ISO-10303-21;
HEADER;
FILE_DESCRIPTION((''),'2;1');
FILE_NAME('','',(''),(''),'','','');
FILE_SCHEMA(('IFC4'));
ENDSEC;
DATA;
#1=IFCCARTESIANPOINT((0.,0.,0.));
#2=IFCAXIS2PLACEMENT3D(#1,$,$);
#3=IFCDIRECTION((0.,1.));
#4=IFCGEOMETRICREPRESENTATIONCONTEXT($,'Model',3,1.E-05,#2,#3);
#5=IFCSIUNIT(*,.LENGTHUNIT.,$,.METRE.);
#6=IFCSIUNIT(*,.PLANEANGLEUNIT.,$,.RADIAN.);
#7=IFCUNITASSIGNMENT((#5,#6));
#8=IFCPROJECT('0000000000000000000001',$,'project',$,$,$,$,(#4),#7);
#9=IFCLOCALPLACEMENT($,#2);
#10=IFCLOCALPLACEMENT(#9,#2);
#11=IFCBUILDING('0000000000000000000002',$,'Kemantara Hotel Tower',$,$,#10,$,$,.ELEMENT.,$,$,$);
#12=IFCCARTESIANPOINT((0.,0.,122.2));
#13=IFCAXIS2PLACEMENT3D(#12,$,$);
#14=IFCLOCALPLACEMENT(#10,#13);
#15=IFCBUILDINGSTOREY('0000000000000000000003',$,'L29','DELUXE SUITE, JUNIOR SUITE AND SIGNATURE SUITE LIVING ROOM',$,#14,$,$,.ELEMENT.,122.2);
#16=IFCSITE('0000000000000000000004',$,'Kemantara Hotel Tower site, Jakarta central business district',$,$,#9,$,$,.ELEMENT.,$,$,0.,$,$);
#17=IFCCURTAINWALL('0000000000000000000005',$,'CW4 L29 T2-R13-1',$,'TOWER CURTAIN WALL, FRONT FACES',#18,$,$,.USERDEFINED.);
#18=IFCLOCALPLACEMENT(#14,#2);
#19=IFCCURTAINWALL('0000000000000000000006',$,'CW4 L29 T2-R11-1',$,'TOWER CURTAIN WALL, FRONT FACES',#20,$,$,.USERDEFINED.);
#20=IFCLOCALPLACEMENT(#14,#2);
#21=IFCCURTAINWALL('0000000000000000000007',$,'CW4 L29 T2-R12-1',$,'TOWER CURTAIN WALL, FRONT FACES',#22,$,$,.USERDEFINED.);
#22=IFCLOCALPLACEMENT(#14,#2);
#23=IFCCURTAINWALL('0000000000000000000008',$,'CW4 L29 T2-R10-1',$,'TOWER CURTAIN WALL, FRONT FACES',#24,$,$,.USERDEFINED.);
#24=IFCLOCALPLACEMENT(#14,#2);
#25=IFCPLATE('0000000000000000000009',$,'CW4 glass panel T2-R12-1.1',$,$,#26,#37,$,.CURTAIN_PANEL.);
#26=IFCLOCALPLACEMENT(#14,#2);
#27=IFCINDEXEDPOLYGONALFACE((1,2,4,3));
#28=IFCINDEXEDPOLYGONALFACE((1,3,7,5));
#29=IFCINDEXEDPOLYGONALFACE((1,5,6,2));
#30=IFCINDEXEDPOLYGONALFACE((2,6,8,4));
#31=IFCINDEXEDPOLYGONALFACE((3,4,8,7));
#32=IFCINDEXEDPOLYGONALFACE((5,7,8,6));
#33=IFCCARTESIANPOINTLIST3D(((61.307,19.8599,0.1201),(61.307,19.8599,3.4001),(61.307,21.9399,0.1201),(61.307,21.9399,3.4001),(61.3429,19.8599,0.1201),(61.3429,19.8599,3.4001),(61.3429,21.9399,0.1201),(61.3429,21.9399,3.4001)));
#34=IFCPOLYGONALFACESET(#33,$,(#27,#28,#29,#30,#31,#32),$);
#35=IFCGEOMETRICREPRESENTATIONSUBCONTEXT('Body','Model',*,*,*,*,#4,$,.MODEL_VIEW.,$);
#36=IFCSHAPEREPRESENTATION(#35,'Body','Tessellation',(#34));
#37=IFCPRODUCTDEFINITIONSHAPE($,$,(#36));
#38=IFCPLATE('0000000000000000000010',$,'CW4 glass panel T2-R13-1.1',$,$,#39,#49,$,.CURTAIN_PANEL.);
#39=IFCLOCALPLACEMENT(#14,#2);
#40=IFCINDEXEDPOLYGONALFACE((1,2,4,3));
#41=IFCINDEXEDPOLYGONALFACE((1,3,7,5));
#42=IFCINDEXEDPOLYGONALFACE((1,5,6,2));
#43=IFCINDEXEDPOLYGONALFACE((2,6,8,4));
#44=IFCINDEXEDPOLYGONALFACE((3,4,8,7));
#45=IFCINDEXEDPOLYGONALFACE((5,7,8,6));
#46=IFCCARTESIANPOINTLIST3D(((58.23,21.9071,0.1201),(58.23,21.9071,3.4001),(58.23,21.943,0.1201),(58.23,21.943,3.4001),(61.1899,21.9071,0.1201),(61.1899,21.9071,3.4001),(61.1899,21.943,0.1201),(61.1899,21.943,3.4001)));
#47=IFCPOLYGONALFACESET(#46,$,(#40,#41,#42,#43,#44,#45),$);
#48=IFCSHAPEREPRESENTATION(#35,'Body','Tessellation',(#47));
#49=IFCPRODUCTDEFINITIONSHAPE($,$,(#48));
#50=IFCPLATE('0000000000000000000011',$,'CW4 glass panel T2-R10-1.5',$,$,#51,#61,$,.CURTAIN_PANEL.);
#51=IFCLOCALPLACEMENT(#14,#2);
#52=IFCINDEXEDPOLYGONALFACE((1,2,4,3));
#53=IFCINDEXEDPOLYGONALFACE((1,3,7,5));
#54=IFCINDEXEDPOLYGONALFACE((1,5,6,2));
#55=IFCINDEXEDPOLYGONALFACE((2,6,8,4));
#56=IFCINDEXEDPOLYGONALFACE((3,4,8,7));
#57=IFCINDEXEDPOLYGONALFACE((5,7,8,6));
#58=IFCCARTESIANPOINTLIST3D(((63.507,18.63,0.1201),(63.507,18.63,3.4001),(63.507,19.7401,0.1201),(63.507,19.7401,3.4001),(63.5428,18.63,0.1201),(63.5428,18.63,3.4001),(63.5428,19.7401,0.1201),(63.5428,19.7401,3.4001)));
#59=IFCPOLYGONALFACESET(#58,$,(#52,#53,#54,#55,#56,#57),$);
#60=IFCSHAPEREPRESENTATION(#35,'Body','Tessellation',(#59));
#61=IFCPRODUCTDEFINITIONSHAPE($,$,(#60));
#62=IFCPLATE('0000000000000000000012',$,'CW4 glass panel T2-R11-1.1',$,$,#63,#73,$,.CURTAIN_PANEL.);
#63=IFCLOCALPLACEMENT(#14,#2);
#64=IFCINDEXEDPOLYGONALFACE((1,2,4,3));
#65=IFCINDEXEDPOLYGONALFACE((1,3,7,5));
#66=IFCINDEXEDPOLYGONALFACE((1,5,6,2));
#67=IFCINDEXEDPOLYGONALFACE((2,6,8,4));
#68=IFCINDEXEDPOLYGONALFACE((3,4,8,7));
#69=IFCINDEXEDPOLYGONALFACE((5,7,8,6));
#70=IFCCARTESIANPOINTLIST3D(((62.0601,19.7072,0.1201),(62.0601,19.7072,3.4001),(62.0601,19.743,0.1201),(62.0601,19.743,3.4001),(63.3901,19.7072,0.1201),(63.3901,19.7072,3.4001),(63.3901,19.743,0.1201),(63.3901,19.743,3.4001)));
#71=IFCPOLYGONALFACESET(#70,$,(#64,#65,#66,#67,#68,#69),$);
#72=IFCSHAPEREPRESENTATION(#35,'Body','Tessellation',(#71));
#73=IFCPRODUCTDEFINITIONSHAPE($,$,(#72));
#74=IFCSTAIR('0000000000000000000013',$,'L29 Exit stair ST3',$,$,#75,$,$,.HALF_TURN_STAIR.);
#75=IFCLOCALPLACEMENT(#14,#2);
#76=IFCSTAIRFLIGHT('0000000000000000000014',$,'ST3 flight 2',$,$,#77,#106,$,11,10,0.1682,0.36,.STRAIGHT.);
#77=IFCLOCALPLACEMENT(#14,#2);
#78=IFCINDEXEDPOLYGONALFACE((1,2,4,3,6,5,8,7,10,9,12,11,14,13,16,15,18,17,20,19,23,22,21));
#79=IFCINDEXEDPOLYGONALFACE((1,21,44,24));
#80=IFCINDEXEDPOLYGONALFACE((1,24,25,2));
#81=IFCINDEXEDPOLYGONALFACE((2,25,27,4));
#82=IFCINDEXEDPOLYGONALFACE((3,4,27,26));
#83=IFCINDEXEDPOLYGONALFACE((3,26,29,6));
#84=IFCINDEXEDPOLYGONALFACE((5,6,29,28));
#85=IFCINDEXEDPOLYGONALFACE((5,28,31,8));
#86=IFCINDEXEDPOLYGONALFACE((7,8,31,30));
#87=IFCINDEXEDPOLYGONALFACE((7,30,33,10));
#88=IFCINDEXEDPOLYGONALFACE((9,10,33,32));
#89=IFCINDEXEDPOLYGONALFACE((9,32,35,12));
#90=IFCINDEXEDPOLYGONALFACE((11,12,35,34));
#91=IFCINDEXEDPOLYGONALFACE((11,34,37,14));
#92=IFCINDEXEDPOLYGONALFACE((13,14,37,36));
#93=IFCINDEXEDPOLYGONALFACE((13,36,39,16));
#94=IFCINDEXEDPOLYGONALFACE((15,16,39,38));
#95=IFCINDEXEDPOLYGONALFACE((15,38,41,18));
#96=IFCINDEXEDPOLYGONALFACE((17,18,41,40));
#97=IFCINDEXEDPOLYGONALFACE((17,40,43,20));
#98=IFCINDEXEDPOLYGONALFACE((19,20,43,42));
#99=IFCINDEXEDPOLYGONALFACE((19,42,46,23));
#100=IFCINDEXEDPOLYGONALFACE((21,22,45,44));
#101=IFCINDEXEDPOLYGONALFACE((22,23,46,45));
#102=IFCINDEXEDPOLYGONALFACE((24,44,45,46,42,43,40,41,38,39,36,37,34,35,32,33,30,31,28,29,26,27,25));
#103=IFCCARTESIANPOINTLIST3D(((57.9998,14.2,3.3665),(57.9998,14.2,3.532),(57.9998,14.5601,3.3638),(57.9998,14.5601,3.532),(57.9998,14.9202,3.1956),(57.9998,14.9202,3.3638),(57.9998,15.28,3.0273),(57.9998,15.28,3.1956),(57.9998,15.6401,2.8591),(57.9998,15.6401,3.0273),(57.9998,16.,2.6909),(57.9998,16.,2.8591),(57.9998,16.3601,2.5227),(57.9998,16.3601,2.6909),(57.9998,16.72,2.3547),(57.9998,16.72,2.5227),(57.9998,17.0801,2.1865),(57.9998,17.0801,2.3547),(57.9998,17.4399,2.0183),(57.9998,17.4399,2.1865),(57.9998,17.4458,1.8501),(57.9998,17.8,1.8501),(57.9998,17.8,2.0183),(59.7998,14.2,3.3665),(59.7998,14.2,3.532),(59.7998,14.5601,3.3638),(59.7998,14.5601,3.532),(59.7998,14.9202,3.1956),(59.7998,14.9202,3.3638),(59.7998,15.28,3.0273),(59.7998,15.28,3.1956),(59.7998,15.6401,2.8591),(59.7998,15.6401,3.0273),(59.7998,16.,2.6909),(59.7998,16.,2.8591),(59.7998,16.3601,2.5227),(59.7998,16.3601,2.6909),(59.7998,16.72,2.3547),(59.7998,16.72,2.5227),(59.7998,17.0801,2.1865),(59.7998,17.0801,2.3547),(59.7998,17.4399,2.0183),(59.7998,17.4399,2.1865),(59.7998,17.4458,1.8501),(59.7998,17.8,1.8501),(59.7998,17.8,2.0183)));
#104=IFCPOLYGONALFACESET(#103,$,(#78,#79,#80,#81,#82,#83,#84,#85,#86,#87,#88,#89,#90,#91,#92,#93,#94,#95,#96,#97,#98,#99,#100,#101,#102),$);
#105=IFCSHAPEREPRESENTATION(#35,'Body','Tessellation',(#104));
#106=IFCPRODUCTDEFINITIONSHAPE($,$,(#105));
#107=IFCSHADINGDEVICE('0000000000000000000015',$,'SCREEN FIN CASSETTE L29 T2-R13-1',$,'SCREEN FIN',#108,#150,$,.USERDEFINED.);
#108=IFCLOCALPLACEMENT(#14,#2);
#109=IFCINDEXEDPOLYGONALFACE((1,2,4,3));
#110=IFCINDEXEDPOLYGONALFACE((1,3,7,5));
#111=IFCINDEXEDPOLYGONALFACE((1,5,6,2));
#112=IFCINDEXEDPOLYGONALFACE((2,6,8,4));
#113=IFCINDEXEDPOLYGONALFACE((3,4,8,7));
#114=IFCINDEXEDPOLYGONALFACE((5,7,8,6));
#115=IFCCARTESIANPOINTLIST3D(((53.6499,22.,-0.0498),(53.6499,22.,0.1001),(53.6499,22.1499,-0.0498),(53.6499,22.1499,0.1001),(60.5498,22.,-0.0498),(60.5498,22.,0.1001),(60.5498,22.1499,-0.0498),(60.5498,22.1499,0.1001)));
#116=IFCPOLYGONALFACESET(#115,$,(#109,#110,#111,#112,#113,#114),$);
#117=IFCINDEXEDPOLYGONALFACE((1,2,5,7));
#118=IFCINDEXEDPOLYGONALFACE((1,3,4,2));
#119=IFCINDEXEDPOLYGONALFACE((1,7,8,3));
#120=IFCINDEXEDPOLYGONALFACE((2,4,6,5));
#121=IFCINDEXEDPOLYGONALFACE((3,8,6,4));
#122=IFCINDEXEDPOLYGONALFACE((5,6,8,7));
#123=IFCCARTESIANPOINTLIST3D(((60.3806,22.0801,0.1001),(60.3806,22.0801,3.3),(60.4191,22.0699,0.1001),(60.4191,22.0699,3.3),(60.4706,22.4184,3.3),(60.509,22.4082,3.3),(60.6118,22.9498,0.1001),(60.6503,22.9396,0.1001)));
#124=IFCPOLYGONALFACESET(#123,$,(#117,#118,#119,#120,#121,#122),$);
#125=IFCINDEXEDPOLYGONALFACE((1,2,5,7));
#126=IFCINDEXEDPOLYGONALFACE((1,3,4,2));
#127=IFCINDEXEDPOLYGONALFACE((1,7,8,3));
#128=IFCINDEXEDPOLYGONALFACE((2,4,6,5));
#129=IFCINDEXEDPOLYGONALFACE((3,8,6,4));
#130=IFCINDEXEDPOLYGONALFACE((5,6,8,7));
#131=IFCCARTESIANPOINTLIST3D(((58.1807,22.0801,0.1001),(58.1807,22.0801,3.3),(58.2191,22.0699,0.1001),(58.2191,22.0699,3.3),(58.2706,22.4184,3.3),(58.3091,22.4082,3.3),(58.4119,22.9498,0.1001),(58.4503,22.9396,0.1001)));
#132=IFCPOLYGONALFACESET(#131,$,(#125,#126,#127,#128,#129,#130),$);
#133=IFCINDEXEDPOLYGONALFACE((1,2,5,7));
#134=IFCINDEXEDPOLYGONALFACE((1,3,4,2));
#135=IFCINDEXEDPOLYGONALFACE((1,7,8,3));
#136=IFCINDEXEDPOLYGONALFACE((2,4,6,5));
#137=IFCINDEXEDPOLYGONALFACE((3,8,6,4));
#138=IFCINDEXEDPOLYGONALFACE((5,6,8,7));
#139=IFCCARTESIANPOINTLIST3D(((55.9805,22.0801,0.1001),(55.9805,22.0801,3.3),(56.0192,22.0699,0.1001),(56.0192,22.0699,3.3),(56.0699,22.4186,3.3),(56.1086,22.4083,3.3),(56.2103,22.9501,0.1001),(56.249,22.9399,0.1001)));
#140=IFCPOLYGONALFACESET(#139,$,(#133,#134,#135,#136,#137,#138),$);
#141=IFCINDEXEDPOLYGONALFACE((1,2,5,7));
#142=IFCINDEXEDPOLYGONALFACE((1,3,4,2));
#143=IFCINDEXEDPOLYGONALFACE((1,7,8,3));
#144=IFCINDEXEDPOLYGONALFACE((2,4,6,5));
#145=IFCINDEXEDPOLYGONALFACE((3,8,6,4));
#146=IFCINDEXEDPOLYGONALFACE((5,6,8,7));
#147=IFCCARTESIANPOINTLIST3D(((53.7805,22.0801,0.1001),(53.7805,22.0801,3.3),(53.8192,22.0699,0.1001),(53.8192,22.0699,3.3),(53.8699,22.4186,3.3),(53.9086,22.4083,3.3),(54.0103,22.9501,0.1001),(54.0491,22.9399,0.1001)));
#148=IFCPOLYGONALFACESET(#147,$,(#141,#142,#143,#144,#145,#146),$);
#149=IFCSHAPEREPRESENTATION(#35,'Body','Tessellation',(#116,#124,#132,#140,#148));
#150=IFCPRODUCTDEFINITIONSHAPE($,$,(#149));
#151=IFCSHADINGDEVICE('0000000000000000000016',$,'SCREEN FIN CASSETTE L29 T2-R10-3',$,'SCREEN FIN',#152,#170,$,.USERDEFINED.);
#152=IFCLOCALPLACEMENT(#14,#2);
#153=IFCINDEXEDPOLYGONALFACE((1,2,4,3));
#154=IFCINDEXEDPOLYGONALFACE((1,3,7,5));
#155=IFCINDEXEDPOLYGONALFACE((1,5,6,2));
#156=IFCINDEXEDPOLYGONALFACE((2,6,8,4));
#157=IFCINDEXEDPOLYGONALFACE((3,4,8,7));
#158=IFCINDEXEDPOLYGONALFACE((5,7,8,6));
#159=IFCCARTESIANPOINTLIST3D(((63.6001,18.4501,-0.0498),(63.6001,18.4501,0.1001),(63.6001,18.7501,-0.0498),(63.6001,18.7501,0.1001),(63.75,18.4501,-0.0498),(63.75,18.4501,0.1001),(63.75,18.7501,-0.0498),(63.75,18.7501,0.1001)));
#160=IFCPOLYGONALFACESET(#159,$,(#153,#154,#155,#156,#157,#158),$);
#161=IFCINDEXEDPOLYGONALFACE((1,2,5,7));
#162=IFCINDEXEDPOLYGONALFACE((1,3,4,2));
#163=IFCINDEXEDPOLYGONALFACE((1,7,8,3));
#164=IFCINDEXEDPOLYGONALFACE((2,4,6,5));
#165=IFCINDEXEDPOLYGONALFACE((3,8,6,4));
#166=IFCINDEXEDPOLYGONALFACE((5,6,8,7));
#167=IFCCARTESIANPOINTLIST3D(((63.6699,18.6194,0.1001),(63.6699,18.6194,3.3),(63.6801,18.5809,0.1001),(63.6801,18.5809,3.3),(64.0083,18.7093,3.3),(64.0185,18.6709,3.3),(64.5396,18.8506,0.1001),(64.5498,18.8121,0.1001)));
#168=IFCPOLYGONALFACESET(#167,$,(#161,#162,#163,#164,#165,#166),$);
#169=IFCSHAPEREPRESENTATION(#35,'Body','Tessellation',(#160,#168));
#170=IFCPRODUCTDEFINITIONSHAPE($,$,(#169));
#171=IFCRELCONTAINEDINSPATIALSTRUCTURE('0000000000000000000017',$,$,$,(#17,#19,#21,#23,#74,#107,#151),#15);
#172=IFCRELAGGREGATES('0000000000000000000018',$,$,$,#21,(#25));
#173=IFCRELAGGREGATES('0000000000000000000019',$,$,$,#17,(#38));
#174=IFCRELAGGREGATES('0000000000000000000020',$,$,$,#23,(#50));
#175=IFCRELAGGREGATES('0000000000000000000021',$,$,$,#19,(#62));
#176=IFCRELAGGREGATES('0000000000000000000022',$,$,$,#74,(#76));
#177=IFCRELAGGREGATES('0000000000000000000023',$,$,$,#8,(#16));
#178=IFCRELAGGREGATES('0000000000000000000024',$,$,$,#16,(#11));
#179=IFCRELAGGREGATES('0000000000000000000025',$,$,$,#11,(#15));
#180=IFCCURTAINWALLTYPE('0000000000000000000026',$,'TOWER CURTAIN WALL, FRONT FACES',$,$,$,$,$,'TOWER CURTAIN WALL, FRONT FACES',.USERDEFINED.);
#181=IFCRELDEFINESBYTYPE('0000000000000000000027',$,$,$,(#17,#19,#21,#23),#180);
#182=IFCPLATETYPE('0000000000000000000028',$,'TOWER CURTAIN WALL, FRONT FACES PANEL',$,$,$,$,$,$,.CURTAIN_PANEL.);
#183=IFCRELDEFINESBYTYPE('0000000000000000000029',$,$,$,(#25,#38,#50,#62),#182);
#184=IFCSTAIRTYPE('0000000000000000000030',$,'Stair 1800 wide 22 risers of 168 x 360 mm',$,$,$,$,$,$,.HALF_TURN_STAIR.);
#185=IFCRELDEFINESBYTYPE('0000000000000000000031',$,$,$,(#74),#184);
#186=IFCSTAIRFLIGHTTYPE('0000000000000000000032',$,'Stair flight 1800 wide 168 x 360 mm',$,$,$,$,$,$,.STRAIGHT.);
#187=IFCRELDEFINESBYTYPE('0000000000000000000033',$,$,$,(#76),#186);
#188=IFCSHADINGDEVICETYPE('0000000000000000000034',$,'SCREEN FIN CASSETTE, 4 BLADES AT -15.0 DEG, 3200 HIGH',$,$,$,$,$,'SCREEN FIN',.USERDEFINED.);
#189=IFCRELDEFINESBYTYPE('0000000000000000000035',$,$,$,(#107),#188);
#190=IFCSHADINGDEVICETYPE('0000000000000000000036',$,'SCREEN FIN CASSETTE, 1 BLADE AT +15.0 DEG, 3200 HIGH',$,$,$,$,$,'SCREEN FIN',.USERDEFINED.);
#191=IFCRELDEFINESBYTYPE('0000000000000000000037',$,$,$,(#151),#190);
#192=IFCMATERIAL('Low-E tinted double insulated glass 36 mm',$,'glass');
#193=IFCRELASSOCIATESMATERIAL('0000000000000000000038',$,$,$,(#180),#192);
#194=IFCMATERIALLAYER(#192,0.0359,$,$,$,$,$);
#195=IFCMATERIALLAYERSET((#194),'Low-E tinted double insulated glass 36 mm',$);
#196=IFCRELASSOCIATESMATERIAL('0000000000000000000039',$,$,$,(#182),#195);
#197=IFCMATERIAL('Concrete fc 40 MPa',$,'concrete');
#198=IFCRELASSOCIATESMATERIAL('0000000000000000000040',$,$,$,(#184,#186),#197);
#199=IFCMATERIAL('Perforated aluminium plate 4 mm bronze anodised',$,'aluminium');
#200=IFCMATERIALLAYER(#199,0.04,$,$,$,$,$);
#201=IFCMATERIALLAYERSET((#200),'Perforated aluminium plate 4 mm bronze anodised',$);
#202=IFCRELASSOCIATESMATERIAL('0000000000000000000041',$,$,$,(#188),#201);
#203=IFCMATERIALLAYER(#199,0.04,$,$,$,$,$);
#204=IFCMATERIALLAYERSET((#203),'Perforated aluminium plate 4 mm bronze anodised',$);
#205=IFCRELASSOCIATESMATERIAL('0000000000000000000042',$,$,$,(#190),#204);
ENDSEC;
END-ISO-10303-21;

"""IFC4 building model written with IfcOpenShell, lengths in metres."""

from ifc_helpers import new_model, si_unit, direction, frame, origin, origin_2d, place, context, subcontext, project, spatial, polyline, rectangle, outline, extrude, source, transform, mapped, material, layer, layer_set, type_object, element, aggregate, save


model = new_model("IFC4")

# Units and contexts
model_context = context("Model", 3, precision=1e-05, world=origin(), true_north=direction((0.0, 1.0)))
body_context = subcontext(model_context, "Body", "Model", "MODEL_VIEW")
ifc_project = project(units=[si_unit("LENGTHUNIT", "METRE"), si_unit("PLANEANGLEUNIT", "RADIAN")], contexts=[model_context])

# Site, building, storey
site_placement = place(None, origin())
site = spatial("IfcSite", under=ifc_project, at=site_placement, Name="Kemantara Hotel Tower site, Jakarta central business district", CompositionType="ELEMENT", RefElevation=0.0)
building_placement = place(site_placement, origin())
building = spatial("IfcBuilding", under=site, at=building_placement, Name="Kemantara Hotel Tower", CompositionType="ELEMENT")
storey_placement = place(building_placement, frame((0.0, 0.0, 122.2)))
storey = spatial("IfcBuildingStorey", under=building, at=storey_placement, Name="L29", Description="DELUXE SUITE, JUNIOR SUITE AND SIGNATURE SUITE LIVING ROOM", CompositionType="ELEMENT", Elevation=122.2)

# Curtain walls
ifc_material_1 = material(Name="Low-E tinted double insulated glass 36 mm", Category="glass")
curtain_wall_type = type_object("IfcCurtainWallType", Name="TOWER CURTAIN WALL, FRONT FACES", ElementType="TOWER CURTAIN WALL, FRONT FACES", PredefinedType="USERDEFINED", material=ifc_material_1)
curtain_wall_1_placement = place(storey_placement, origin())
curtain_wall_1 = element("IfcCurtainWall", 1, at=curtain_wall_1_placement, inside=storey, type_object=curtain_wall_type, Name="CW4 L29 T2-R13-1", ObjectType="TOWER CURTAIN WALL, FRONT FACES", PredefinedType="USERDEFINED")
curtain_wall_2_placement = place(storey_placement, origin())
curtain_wall_2 = element("IfcCurtainWall", 2, at=curtain_wall_2_placement, inside=storey, type_object=curtain_wall_type, Name="CW4 L29 T2-R11-1", ObjectType="TOWER CURTAIN WALL, FRONT FACES", PredefinedType="USERDEFINED")
curtain_wall_3_placement = place(storey_placement, origin())
curtain_wall_3 = element("IfcCurtainWall", 3, at=curtain_wall_3_placement, inside=storey, type_object=curtain_wall_type, Name="CW4 L29 T2-R12-1", ObjectType="TOWER CURTAIN WALL, FRONT FACES", PredefinedType="USERDEFINED")

# Curtain wall
curtain_wall_4_placement = place(storey_placement, origin())
curtain_wall_4 = element("IfcCurtainWall", 4, at=curtain_wall_4_placement, inside=storey, type_object=curtain_wall_type, Name="CW4 L29 T2-R10-1", ObjectType="TOWER CURTAIN WALL, FRONT FACES", PredefinedType="USERDEFINED")

# Plates
ifc_layer_1 = layer(ifc_material_1, 0.0359)
ifc_layer_set_1 = layer_set([ifc_layer_1], Name="Low-E tinted double insulated glass 36 mm")
plate_type = type_object("IfcPlateType", Name="TOWER CURTAIN WALL, FRONT FACES PANEL", PredefinedType="CURTAIN_PANEL", material=ifc_layer_set_1)
shared_shape_1 = source(origin(), body_context, "Body", "SweptSolid", [
    extrude(rectangle(XDim=2.0801, YDim=0.0359, at=origin_2d()), origin(), (0.0, 0.0, 1.0), 3.28),
])
plate_1_placement = place(storey_placement, frame((61.325, 20.8999, 0.1201), z_axis=(0.0, 0.0, 1.0), x_axis=(0.0, 1.0, 0.0)))
plate_1 = element("IfcPlate", 5, at=plate_1_placement, type_object=plate_type, Name="CW4 glass panel T2-R12-1.1", PredefinedType="CURTAIN_PANEL", context=body_context, shape_type="MappedRepresentation", body=[
    mapped(shared_shape_1, transform((0.0, 0.0, 0.0))),
])
aggregate(curtain_wall_3, [plate_1])
shared_shape_2 = source(origin(), body_context, "Body", "SweptSolid", [
    extrude(rectangle(XDim=2.96, YDim=0.0359, at=origin_2d()), origin(), (0.0, 0.0, 1.0), 3.28),
])
plate_2_placement = place(storey_placement, frame((59.71, 21.925, 0.1201), z_axis=(0.0, 0.0, 1.0), x_axis=(-1.0, 0.0, 0.0)))
plate_2 = element("IfcPlate", 6, at=plate_2_placement, type_object=plate_type, Name="CW4 glass panel T2-R13-1.1", PredefinedType="CURTAIN_PANEL", context=body_context, shape_type="MappedRepresentation", body=[
    mapped(shared_shape_2, transform((0.0, 0.0, 0.0))),
])
aggregate(curtain_wall_1, [plate_2])
shared_shape_3 = source(origin(), body_context, "Body", "SweptSolid", [
    extrude(rectangle(XDim=1.1101, YDim=0.0359, at=origin_2d()), origin(), (0.0, 0.0, 1.0), 3.28),
])
plate_3_placement = place(storey_placement, frame((63.5249, 19.1851, 0.1201), z_axis=(0.0, 0.0, 1.0), x_axis=(0.0, 1.0, 0.0)))
plate_3 = element("IfcPlate", 7, at=plate_3_placement, type_object=plate_type, Name="CW4 glass panel T2-R10-1.5", PredefinedType="CURTAIN_PANEL", context=body_context, shape_type="MappedRepresentation", body=[
    mapped(shared_shape_3, transform((0.0, 0.0, 0.0))),
])
aggregate(curtain_wall_4, [plate_3])
shared_shape_4 = source(origin(), body_context, "Body", "SweptSolid", [
    extrude(rectangle(XDim=1.3301, YDim=0.0359, at=origin_2d()), origin(), (0.0, 0.0, 1.0), 3.28),
])
plate_4_placement = place(storey_placement, frame((62.7251, 19.7251, 0.1201), z_axis=(0.0, 0.0, 1.0), x_axis=(-1.0, 0.0, 0.0)))
plate_4 = element("IfcPlate", 8, at=plate_4_placement, type_object=plate_type, Name="CW4 glass panel T2-R11-1.1", PredefinedType="CURTAIN_PANEL", context=body_context, shape_type="MappedRepresentation", body=[
    mapped(shared_shape_4, transform((0.0, 0.0, 0.0))),
])
aggregate(curtain_wall_2, [plate_4])

# Stair, stair flight
ifc_material_2 = material(Name="Concrete fc 40 MPa", Category="concrete")
stair_type = type_object("IfcStairType", Name="Stair 1800 wide 22 risers of 168 x 360 mm", PredefinedType="HALF_TURN_STAIR", material=ifc_material_2)
stair_placement = place(storey_placement, origin())
stair = element("IfcStair", 9, at=stair_placement, inside=storey, type_object=stair_type, Name="L29 Exit stair ST3", PredefinedType="HALF_TURN_STAIR")
stair_flight_type = type_object("IfcStairFlightType", Name="Stair flight 1800 wide 168 x 360 mm", PredefinedType="STRAIGHT", material=ifc_material_2)
stair_flight_placement = place(storey_placement, frame((58.8999, 17.8, 1.8501), z_axis=(0.0, 0.0, 1.0), x_axis=(0.0, -1.0, 0.0)))
stair_flight = element("IfcStairFlight", 10, at=stair_flight_placement, type_object=stair_flight_type, Name="ST3 flight 2", NumberOfRisers=11, NumberOfTreads=10, PredefinedType="STRAIGHT", RiserHeight=0.1682, TreadLength=0.36, context=body_context, shape_type="SweptSolid", body=[
    extrude(outline(polyline([(0.0, 0.0), (0.0, 0.1682), (0.3601, 0.1682), (0.3601, 0.3364), (0.72, 0.3364), (0.72, 0.5046), (1.0801, 0.5046), (1.0801, 0.6726), (1.4399, 0.6726), (1.4399, 0.8408), (1.8, 0.8408), (1.8, 1.009), (2.1599, 1.009), (2.1599, 1.1772), (2.52, 1.1772), (2.52, 1.3455), (2.8799, 1.3455), (2.8799, 1.5137), (3.24, 1.5137), (3.24, 1.6819), (3.6001, 1.6819), (3.6001, 1.8501), (3.6001, 1.5164), (0.3542, 0.0), (0.0, 0.0)])), frame((0.0, 0.8999, 0.0), z_axis=(0.0, -1.0, 0.0), x_axis=(1.0, 0.0, 0.0)), (0.0, 0.0, 1.0), 1.8),
])
aggregate(stair, [stair_flight])

# Shading devices
ifc_material_3 = material(Name="Perforated aluminium plate 4 mm bronze anodised", Category="aluminium")
ifc_layer_2 = layer(ifc_material_3, 0.04)
ifc_layer_set_2 = layer_set([ifc_layer_2], Name="Perforated aluminium plate 4 mm bronze anodised")
shading_device_type_1 = type_object("IfcShadingDeviceType", Name="SCREEN FIN CASSETTE, 4 BLADES AT -15.0 DEG, 3200 HIGH", ElementType="SCREEN FIN", PredefinedType="USERDEFINED", material=ifc_layer_set_2)
shared_shape_5 = source(origin(), body_context, "Body", "SweptSolid", [
    extrude(rectangle(XDim=6.8999, YDim=0.1499, at=origin_2d()), frame((3.3, -0.075, -0.1499), z_axis=(0.0, 0.0, 1.0), x_axis=(1.0, 0.0, 0.0)), (0.0, 0.0, 1.0), 0.1499),
    extrude(outline(polyline([(0.0, 0.0), (0.8999, 0.0), (0.3501, 3.2), (0.0, 3.2), (0.0, 0.0)])), frame((0.0193, -0.0801, 0.0), z_axis=(-0.966438, 0.256901, 0.0), x_axis=(-0.256901, -0.966438, 0.0)), (0.0, 0.0, 1.0), 0.0398),
    extrude(outline(polyline([(0.0, 0.0), (0.8999, 0.0), (0.3501, 3.2), (0.0, 3.2), (0.0, 0.0)])), frame((2.2192, -0.0801, 0.0), z_axis=(-0.966438, 0.256901, 0.0), x_axis=(-0.256901, -0.966438, 0.0)), (0.0, 0.0, 1.0), 0.0398),
    extrude(outline(polyline([(0.0, 0.0), (0.8999, 0.0), (0.3501, 3.2), (0.0, 3.2), (0.0, 0.0)])), frame((4.4194, -0.0801, 0.0), z_axis=(-0.966838, 0.255391, 0.0), x_axis=(-0.255391, -0.966838, 0.0)), (0.0, 0.0, 1.0), 0.04),
    extrude(outline(polyline([(0.0, 0.0), (0.8999, 0.0), (0.3501, 3.2), (0.0, 3.2), (0.0, 0.0)])), frame((6.6194, -0.0801, 0.0), z_axis=(-0.966838, 0.255391, 0.0), x_axis=(-0.255391, -0.966838, 0.0)), (0.0, 0.0, 1.0), 0.04),
])
shading_device_1_placement = place(storey_placement, frame((60.3999, 22.0, 0.1001), z_axis=(0.0, 0.0, 1.0), x_axis=(-1.0, 0.0, 0.0)))
element("IfcShadingDevice", 11, at=shading_device_1_placement, inside=storey, type_object=shading_device_type_1, Name="SCREEN FIN CASSETTE L29 T2-R13-1", ObjectType="SCREEN FIN", PredefinedType="USERDEFINED", context=body_context, shape_type="MappedRepresentation", body=[
    mapped(shared_shape_5, transform((0.0, 0.0, 0.0))),
])
ifc_layer_3 = layer(ifc_material_3, 0.04)
ifc_layer_set_3 = layer_set([ifc_layer_3], Name="Perforated aluminium plate 4 mm bronze anodised")
shading_device_type_2 = type_object("IfcShadingDeviceType", Name="SCREEN FIN CASSETTE, 1 BLADE AT +15.0 DEG, 3200 HIGH", ElementType="SCREEN FIN", PredefinedType="USERDEFINED", material=ifc_layer_set_3)
shared_shape_6 = source(origin(), body_context, "Body", "SweptSolid", [
    extrude(rectangle(XDim=0.3, YDim=0.1499, at=origin_2d()), frame((0.0, -0.075, -0.1499), z_axis=(0.0, 0.0, 1.0), x_axis=(1.0, 0.0, 0.0)), (0.0, 0.0, 1.0), 0.1499),
    extrude(outline(polyline([(0.0, 0.0), (0.8999, 0.0), (0.3501, 3.2), (0.0, 3.2), (0.0, 0.0)])), frame((0.0193, -0.0698, 0.0), z_axis=(-0.966438, -0.256901, 0.0), x_axis=(0.256901, -0.966438, 0.0)), (0.0, 0.0, 1.0), 0.0398),
])
shading_device_2_placement = place(storey_placement, frame((63.6001, 18.6001, 0.1001), z_axis=(0.0, 0.0, 1.0), x_axis=(0.0, 1.0, 0.0)))
element("IfcShadingDevice", 12, at=shading_device_2_placement, inside=storey, type_object=shading_device_type_2, Name="SCREEN FIN CASSETTE L29 T2-R10-3", ObjectType="SCREEN FIN", PredefinedType="USERDEFINED", context=body_context, shape_type="MappedRepresentation", body=[
    mapped(shared_shape_6, transform((0.0, 0.0, 0.0))),
])

save(model, "model.ifc")
